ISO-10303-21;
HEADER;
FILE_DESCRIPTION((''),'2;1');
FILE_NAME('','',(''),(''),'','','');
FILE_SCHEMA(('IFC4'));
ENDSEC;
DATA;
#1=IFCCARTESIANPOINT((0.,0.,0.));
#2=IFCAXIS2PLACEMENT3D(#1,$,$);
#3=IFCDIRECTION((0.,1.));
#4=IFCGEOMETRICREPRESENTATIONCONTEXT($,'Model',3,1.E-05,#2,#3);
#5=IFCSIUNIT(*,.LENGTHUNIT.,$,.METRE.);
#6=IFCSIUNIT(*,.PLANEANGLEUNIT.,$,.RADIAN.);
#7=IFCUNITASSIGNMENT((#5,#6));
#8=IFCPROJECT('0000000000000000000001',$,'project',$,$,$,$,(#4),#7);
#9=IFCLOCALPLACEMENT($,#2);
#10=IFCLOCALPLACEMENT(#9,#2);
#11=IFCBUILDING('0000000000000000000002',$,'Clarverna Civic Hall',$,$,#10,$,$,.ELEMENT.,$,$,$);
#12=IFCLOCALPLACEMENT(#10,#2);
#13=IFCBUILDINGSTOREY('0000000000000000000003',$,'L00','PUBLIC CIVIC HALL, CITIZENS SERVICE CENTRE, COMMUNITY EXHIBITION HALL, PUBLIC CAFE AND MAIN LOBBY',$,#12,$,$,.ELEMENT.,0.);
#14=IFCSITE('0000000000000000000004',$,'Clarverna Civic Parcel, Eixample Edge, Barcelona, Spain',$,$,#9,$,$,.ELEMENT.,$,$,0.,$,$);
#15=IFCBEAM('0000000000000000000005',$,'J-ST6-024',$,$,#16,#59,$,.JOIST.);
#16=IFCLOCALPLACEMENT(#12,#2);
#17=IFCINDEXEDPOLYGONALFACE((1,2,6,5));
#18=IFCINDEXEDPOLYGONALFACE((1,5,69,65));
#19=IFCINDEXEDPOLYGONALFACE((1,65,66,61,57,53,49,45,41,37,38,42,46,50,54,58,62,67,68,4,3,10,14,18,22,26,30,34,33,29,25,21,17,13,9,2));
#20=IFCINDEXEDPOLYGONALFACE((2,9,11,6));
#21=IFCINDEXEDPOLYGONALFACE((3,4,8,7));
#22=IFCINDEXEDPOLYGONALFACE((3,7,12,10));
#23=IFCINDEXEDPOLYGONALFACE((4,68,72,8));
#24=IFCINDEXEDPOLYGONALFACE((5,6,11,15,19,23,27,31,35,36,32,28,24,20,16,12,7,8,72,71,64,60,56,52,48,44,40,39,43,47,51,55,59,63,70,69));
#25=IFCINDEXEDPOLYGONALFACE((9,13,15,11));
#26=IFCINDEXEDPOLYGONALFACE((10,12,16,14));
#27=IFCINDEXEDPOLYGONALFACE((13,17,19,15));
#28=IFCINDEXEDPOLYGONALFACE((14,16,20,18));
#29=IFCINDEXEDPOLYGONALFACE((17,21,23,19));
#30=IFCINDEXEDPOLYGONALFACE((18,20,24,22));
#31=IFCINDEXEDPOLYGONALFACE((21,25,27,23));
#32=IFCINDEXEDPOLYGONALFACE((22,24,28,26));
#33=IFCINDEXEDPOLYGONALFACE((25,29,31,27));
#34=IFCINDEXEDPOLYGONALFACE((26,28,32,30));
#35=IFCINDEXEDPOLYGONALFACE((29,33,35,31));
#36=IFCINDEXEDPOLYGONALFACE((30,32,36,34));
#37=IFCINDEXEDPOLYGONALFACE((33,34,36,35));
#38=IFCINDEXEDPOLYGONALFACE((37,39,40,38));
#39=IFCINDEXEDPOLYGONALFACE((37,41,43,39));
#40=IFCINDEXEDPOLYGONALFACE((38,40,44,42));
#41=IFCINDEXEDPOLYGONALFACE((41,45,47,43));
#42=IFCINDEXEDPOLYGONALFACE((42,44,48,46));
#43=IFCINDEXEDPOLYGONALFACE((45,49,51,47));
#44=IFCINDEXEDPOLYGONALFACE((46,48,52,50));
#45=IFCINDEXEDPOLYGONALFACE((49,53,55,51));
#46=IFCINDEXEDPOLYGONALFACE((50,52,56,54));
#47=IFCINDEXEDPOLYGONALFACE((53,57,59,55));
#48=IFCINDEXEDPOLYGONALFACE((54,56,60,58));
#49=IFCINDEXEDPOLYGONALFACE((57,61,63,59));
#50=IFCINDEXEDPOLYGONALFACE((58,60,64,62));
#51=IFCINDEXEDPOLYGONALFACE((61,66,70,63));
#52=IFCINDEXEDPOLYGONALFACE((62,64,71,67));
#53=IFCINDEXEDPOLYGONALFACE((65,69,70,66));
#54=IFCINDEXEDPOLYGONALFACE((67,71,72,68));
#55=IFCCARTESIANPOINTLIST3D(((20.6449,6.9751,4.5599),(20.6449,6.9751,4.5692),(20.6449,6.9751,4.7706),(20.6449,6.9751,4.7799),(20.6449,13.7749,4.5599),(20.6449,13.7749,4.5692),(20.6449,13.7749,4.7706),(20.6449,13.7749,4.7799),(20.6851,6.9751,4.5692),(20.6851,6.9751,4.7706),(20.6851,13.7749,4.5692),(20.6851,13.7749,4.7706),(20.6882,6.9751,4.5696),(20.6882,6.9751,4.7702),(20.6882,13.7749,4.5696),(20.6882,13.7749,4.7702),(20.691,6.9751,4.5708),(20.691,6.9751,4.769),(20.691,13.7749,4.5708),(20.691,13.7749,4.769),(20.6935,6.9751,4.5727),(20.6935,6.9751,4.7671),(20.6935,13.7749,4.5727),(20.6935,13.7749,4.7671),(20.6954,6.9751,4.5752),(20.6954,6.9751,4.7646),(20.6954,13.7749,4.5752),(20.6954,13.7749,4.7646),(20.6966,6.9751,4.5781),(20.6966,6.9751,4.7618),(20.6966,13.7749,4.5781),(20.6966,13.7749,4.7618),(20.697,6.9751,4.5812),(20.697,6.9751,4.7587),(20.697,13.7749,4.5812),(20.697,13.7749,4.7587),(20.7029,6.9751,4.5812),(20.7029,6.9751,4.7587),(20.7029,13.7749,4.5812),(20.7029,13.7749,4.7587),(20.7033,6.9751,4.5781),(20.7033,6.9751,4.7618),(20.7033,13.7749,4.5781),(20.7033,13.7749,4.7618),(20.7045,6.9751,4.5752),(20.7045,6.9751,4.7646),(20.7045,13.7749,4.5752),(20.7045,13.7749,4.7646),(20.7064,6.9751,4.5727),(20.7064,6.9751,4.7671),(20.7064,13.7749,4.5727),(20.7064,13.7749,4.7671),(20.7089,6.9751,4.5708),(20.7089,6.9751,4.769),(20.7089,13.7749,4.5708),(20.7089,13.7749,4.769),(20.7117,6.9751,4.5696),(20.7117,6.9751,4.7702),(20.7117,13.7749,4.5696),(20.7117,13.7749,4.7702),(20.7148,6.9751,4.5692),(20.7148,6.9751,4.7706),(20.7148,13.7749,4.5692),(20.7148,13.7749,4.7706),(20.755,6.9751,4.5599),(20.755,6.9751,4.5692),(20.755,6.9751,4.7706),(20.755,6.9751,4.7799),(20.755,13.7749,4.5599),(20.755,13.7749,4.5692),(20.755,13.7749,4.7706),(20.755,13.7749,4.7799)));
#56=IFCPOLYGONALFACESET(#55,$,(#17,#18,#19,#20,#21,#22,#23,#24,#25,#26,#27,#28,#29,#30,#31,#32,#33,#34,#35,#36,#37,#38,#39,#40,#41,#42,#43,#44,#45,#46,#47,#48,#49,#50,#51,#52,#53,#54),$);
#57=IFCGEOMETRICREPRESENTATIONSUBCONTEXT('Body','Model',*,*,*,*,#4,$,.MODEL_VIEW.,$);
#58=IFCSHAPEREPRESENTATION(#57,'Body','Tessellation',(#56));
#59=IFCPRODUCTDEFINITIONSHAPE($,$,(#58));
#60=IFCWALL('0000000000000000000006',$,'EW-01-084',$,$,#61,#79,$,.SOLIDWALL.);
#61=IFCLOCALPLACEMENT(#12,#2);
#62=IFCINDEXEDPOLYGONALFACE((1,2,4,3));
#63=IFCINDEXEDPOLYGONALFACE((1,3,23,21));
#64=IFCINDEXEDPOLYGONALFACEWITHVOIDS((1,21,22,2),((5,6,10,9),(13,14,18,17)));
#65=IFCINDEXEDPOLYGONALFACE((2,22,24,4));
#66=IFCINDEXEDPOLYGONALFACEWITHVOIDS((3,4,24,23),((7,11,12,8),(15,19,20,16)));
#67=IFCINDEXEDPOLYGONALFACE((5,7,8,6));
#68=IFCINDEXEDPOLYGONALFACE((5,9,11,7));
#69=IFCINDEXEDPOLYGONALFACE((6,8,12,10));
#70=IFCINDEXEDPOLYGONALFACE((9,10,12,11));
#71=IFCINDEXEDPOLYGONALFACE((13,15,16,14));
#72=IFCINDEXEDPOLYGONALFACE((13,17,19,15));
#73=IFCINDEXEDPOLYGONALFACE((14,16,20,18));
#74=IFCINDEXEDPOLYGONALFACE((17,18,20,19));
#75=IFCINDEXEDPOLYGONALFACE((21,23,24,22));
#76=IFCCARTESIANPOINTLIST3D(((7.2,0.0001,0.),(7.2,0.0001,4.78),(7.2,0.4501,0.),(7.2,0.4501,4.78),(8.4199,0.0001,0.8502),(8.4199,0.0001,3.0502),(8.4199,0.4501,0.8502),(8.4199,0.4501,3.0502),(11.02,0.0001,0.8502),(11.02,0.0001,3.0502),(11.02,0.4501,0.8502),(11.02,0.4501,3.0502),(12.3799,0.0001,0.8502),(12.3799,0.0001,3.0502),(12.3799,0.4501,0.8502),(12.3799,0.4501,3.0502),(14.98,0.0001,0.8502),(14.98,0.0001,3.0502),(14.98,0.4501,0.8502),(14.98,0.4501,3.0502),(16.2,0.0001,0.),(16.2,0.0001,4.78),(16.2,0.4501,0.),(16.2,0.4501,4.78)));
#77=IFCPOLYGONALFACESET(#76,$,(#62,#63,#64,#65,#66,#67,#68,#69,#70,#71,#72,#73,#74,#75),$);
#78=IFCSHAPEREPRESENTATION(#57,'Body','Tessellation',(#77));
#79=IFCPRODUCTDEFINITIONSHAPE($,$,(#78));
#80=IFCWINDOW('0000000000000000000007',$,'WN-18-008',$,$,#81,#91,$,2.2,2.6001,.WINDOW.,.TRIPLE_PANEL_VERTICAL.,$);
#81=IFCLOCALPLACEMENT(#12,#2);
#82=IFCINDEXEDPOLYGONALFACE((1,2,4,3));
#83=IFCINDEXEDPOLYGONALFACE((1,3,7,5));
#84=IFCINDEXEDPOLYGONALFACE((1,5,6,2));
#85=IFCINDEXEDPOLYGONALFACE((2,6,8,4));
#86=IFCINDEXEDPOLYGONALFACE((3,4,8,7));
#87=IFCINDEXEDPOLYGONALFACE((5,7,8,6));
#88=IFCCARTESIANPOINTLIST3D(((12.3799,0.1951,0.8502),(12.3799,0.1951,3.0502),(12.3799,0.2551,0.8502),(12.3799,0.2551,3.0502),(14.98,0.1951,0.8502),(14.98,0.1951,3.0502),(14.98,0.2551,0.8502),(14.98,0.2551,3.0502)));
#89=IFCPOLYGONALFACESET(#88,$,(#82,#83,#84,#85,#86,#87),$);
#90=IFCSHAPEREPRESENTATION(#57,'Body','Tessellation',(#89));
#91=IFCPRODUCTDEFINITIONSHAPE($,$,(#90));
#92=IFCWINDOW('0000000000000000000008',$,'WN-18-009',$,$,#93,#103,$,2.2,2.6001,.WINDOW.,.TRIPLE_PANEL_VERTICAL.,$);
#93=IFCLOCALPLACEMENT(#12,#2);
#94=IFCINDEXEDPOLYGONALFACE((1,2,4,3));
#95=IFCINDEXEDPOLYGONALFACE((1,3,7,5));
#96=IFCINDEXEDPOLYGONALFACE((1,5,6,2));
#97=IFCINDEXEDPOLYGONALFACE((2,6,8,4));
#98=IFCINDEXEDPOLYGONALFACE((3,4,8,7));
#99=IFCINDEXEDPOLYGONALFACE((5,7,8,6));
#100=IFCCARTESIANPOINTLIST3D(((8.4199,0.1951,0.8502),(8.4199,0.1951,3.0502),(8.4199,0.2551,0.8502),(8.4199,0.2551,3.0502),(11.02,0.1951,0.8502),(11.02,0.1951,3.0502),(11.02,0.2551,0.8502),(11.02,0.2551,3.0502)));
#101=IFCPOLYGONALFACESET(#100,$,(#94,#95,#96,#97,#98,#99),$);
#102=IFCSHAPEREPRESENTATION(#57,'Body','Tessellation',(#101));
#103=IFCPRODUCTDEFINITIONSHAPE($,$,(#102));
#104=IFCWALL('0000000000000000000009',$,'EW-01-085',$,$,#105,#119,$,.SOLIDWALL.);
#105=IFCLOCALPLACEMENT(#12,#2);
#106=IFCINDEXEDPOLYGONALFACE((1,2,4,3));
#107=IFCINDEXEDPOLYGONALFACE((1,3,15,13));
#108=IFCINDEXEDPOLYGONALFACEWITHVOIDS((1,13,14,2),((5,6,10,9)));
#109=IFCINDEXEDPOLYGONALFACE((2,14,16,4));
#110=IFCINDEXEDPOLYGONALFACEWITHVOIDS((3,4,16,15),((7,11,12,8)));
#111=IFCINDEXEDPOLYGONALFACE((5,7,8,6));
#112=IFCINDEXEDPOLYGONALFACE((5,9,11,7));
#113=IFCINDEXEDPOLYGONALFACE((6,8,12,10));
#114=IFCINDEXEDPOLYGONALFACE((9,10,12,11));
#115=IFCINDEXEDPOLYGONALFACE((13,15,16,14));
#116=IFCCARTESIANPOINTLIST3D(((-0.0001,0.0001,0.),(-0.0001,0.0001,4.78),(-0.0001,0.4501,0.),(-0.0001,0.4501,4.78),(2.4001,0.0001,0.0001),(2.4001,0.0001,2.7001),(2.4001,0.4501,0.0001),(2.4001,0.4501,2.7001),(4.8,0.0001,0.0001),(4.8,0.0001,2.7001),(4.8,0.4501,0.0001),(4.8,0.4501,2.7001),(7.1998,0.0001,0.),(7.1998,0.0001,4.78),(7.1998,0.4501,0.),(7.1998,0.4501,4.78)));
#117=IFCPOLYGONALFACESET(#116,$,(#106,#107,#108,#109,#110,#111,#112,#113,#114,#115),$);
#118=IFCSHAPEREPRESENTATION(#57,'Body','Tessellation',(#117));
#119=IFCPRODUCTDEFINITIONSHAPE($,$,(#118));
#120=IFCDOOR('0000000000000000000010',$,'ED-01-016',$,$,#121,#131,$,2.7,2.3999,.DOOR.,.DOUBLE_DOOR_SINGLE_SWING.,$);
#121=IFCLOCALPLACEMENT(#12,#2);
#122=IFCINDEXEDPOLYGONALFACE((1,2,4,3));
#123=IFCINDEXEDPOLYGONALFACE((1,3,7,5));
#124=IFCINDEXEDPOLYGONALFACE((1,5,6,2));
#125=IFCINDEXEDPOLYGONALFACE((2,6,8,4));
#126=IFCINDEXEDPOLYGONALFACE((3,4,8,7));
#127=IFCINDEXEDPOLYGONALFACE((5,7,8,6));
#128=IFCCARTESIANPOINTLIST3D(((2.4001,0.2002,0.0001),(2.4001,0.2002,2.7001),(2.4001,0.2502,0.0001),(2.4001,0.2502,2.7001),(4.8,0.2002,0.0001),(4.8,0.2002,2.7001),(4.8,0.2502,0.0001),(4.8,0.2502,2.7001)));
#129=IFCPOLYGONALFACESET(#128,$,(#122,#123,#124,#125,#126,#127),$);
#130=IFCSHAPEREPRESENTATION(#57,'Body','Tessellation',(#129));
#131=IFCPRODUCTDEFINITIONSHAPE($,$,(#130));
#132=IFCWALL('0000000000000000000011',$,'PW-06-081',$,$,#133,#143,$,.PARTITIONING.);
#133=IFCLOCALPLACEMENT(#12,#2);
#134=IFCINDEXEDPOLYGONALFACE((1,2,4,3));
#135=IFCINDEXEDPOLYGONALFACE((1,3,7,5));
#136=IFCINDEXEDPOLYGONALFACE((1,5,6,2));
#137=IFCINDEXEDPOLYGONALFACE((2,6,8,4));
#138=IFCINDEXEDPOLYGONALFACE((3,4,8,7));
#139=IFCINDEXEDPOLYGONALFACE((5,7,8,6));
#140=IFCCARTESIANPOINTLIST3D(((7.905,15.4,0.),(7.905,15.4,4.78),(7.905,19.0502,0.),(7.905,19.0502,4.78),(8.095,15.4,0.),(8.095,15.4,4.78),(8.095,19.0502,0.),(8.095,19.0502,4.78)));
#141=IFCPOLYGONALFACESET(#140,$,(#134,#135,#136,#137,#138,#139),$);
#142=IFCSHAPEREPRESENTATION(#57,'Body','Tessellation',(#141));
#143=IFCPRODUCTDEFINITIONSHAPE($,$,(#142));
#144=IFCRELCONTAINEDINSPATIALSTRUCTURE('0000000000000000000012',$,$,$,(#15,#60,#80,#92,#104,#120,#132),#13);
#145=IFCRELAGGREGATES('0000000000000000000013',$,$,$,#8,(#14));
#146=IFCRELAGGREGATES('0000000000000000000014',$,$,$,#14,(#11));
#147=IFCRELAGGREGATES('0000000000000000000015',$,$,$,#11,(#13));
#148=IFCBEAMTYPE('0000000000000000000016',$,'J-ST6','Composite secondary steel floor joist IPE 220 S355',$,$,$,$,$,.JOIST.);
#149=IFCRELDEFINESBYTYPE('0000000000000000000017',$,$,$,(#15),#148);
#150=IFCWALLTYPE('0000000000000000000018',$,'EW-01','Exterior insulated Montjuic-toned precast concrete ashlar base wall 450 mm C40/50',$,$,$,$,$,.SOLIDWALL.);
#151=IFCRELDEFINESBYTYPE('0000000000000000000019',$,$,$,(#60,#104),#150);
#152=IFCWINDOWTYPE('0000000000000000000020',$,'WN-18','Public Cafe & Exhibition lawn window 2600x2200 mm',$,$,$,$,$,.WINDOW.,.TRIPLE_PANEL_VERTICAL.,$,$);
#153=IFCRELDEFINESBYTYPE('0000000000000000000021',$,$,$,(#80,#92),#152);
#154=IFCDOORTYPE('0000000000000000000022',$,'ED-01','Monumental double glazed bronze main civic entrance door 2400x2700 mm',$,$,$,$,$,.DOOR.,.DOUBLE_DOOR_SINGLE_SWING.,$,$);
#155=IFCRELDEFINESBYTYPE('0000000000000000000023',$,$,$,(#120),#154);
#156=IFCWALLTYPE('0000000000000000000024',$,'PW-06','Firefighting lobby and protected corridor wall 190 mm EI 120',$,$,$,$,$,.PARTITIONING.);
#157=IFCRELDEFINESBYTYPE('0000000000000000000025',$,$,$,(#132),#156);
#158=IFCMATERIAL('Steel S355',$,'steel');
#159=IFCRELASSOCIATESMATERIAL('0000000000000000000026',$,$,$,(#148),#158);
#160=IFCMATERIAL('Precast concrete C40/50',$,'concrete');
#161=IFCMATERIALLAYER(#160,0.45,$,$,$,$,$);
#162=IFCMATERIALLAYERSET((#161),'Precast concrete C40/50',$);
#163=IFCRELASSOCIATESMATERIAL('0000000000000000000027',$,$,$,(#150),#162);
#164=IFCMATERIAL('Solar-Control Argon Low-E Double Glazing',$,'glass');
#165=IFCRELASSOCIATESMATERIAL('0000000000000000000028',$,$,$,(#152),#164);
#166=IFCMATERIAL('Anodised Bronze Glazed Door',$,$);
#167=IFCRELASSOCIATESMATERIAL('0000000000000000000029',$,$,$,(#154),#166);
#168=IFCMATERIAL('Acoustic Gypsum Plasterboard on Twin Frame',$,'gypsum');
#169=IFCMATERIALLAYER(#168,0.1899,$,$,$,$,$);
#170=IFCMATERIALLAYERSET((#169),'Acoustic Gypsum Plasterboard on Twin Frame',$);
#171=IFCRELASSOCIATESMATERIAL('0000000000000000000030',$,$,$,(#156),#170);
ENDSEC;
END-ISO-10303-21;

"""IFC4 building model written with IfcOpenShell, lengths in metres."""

from ifc_helpers import new_model, si_unit, direction, frame, frame_2d, origin, origin_2d, place, context, subcontext, project, spatial, rectangle, i_section, extrude, material, layer, layer_set, material_profile, profile_set, type_object, element, fill, save


model = new_model("IFC4")

# Units and contexts
model_context = context("Model", 3, precision=1e-05, world=origin(), true_north=direction((0.0, 1.0)))
body_context = subcontext(model_context, "Body", "Model", "MODEL_VIEW")
ifc_project = project(units=[si_unit("LENGTHUNIT", "METRE"), si_unit("PLANEANGLEUNIT", "RADIAN")], contexts=[model_context])

# Site, building, storey
site_placement = place(None, origin())
site = spatial("IfcSite", under=ifc_project, at=site_placement, Name="Clarverna Civic Parcel, Eixample Edge, Barcelona, Spain", CompositionType="ELEMENT", RefElevation=0.0)
building_placement = place(site_placement, origin())
building = spatial("IfcBuilding", under=site, at=building_placement, Name="Clarverna Civic Hall", CompositionType="ELEMENT")
storey_placement = place(building_placement, origin())
storey = spatial("IfcBuildingStorey", under=building, at=storey_placement, Name="L00", Description="PUBLIC CIVIC HALL, CITIZENS SERVICE CENTRE, COMMUNITY EXHIBITION HALL, PUBLIC CAFE AND MAIN LOBBY", CompositionType="ELEMENT", Elevation=0.0)

# Shared definitions
ifc_material_1 = material(Name="Steel S355", Category="steel")

# Beam
ifc_material_profile_1 = material_profile(ifc_material_1, i_section(OverallWidth=0.1101, OverallDepth=0.22, WebThickness=0.0059, FlangeThickness=0.0093, FilletRadius=0.012, at=origin_2d()), Name="IPE 220")
ifc_profile_set_1 = profile_set([ifc_material_profile_1], Name="Steel S355")
beam_type_1 = type_object("IfcBeamType", Name="J-ST6", Description="Composite secondary steel floor joist IPE 220 S355", PredefinedType="JOIST", material=ifc_profile_set_1)
beam_1_placement = place(storey_placement, frame((20.7, 6.9751, 4.6699), z_axis=(0.0, 1.0, 0.0), x_axis=(-1.0, 0.0, 0.0)))
element("IfcBeam", 1, at=beam_1_placement, inside=storey, type_object=beam_type_1, Name="J-ST6-024", PredefinedType="JOIST", context=body_context, shape_type="SweptSolid", body=[
    extrude(i_section(OverallWidth=0.1101, OverallDepth=0.22, WebThickness=0.0059, FlangeThickness=0.0093, FilletRadius=0.012, at=origin_2d()), origin(), (0.0, 0.0, 1.0), 6.7998),
])

# Wall, openings, windows
ifc_material_2 = material(Name="Precast concrete C40/50", Category="concrete")
ifc_layer_1 = layer(ifc_material_2, 0.45)
ifc_layer_set_1 = layer_set([ifc_layer_1], Name="Precast concrete C40/50")
wall_type_1 = type_object("IfcWallType", Name="EW-01", Description="Exterior insulated Montjuic-toned precast concrete ashlar base wall 450 mm C40/50", PredefinedType="SOLIDWALL", material=ifc_layer_set_1)
wall_1_placement = place(storey_placement, frame((16.2, 0.2251, 0.0), z_axis=(0.0, 0.0, 1.0), x_axis=(-1.0, 0.0, 0.0)))
wall_1 = element("IfcWall", 2, at=wall_1_placement, inside=storey, type_object=wall_type_1, Name="EW-01-084", PredefinedType="SOLIDWALL", context=body_context, shape_type="SweptSolid", body=[
    extrude(rectangle(XDim=9.0, YDim=0.45, at=frame_2d((4.5, 0.0))), origin(), (0.0, 0.0, 1.0), 4.78),
])
opening_1_placement = place(wall_1_placement, frame((1.22, 0.0, 0.8501)))
opening_1 = element("IfcOpeningElement", 3, at=opening_1_placement, cuts=wall_1, PredefinedType="OPENING", context=body_context, shape_type="SweptSolid", body=[
    extrude(rectangle(XDim=2.6001, YDim=2.2, at=frame_2d((1.3, 1.1001))), frame((0.0, 0.2349, 0.0), z_axis=(0.0, -1.0, 0.0), x_axis=(1.0, 0.0, 0.0)), (0.0, 0.0, 1.0), 0.47),
])
opening_2_placement = place(wall_1_placement, frame((5.1799, 0.0, 0.8501)))
opening_2 = element("IfcOpeningElement", 4, at=opening_2_placement, cuts=wall_1, PredefinedType="OPENING", context=body_context, shape_type="SweptSolid", body=[
    extrude(rectangle(XDim=2.6001, YDim=2.2, at=frame_2d((1.3, 1.1001))), frame((0.0, 0.2349, 0.0), z_axis=(0.0, -1.0, 0.0), x_axis=(1.0, 0.0, 0.0)), (0.0, 0.0, 1.0), 0.47),
])
ifc_material_3 = material(Name="Solar-Control Argon Low-E Double Glazing", Category="glass")
window_type = type_object("IfcWindowType", Name="WN-18", Description="Public Cafe & Exhibition lawn window 2600x2200 mm", PartitioningType="TRIPLE_PANEL_VERTICAL", PredefinedType="WINDOW", material=ifc_material_3)
window_1_placement = place(opening_1_placement, origin())
window_1 = element("IfcWindow", 5, at=window_1_placement, inside=storey, type_object=window_type, Name="WN-18-008", OverallHeight=2.2, OverallWidth=2.6001, PartitioningType="TRIPLE_PANEL_VERTICAL", PredefinedType="WINDOW", context=body_context, shape_type="SweptSolid", body=[
    extrude(rectangle(XDim=2.6001, YDim=2.2, at=frame_2d((1.3, 1.1001))), frame((0.0, 0.03, 0.0), z_axis=(0.0, -1.0, 0.0), x_axis=(1.0, 0.0, 0.0)), (0.0, 0.0, 1.0), 0.0601),
])
fill(opening_1, window_1)
window_2_placement = place(opening_2_placement, origin())
window_2 = element("IfcWindow", 6, at=window_2_placement, inside=storey, type_object=window_type, Name="WN-18-009", OverallHeight=2.2, OverallWidth=2.6001, PartitioningType="TRIPLE_PANEL_VERTICAL", PredefinedType="WINDOW", context=body_context, shape_type="SweptSolid", body=[
    extrude(rectangle(XDim=2.6001, YDim=2.2, at=frame_2d((1.3, 1.1001))), frame((0.0, 0.03, 0.0), z_axis=(0.0, -1.0, 0.0), x_axis=(1.0, 0.0, 0.0)), (0.0, 0.0, 1.0), 0.0601),
])
fill(opening_2, window_2)

# Wall, opening, door
wall_2_placement = place(storey_placement, frame((7.2, 0.2251, 0.0), z_axis=(0.0, 0.0, 1.0), x_axis=(-1.0, 0.0, 0.0)))
wall_2 = element("IfcWall", 7, at=wall_2_placement, inside=storey, type_object=wall_type_1, Name="EW-01-085", PredefinedType="SOLIDWALL", context=body_context, shape_type="SweptSolid", body=[
    extrude(rectangle(XDim=7.2, YDim=0.45, at=frame_2d((3.6001, 0.0))), origin(), (0.0, 0.0, 1.0), 4.78),
])
opening_3_placement = place(wall_2_placement, frame((2.3999, 0.0, 0.0)))
opening_3 = element("IfcOpeningElement", 8, at=opening_3_placement, cuts=wall_2, PredefinedType="OPENING", context=body_context, shape_type="SweptSolid", body=[
    extrude(rectangle(XDim=2.3999, YDim=2.7, at=frame_2d((1.2, 1.3501))), frame((0.0, 0.2349, 0.0), z_axis=(0.0, -1.0, 0.0), x_axis=(1.0, 0.0, 0.0)), (0.0, 0.0, 1.0), 0.47),
])
ifc_material_4 = material(Name="Anodised Bronze Glazed Door")
door_type_1 = type_object("IfcDoorType", Name="ED-01", Description="Monumental double glazed bronze main civic entrance door 2400x2700 mm", OperationType="DOUBLE_DOOR_SINGLE_SWING", PredefinedType="DOOR", material=ifc_material_4)
door_1_placement = place(opening_3_placement, origin())
door_1 = element("IfcDoor", 9, at=door_1_placement, inside=storey, type_object=door_type_1, Name="ED-01-016", OperationType="DOUBLE_DOOR_SINGLE_SWING", OverallHeight=2.7, OverallWidth=2.3999, PredefinedType="DOOR", context=body_context, shape_type="SweptSolid", body=[
    extrude(rectangle(XDim=2.3999, YDim=2.7, at=frame_2d((1.2, 1.3501))), frame((0.0, 0.0249, 0.0), z_axis=(0.0, -1.0, 0.0), x_axis=(1.0, 0.0, 0.0)), (0.0, 0.0, 1.0), 0.05),
])
fill(opening_3, door_1)

# Wall
ifc_material_5 = material(Name="Acoustic Gypsum Plasterboard on Twin Frame", Category="gypsum")
ifc_layer_2 = layer(ifc_material_5, 0.1899)
ifc_layer_set_2 = layer_set([ifc_layer_2], Name="Acoustic Gypsum Plasterboard on Twin Frame")
wall_type_2 = type_object("IfcWallType", Name="PW-06", Description="Firefighting lobby and protected corridor wall 190 mm EI 120", PredefinedType="PARTITIONING", material=ifc_layer_set_2)
wall_3_placement = place(storey_placement, frame((8.0, 15.3999, 0.0), z_axis=(0.0, 0.0, 1.0), x_axis=(0.0, 1.0, 0.0)))
element("IfcWall", 10, at=wall_3_placement, inside=storey, type_object=wall_type_2, Name="PW-06-081", PredefinedType="PARTITIONING", context=body_context, shape_type="SweptSolid", body=[
    extrude(rectangle(XDim=3.6501, YDim=0.1899, at=frame_2d((1.8252, 0.0))), origin(), (0.0, 0.0, 1.0), 4.78),
])

save(model, "model.ifc")
